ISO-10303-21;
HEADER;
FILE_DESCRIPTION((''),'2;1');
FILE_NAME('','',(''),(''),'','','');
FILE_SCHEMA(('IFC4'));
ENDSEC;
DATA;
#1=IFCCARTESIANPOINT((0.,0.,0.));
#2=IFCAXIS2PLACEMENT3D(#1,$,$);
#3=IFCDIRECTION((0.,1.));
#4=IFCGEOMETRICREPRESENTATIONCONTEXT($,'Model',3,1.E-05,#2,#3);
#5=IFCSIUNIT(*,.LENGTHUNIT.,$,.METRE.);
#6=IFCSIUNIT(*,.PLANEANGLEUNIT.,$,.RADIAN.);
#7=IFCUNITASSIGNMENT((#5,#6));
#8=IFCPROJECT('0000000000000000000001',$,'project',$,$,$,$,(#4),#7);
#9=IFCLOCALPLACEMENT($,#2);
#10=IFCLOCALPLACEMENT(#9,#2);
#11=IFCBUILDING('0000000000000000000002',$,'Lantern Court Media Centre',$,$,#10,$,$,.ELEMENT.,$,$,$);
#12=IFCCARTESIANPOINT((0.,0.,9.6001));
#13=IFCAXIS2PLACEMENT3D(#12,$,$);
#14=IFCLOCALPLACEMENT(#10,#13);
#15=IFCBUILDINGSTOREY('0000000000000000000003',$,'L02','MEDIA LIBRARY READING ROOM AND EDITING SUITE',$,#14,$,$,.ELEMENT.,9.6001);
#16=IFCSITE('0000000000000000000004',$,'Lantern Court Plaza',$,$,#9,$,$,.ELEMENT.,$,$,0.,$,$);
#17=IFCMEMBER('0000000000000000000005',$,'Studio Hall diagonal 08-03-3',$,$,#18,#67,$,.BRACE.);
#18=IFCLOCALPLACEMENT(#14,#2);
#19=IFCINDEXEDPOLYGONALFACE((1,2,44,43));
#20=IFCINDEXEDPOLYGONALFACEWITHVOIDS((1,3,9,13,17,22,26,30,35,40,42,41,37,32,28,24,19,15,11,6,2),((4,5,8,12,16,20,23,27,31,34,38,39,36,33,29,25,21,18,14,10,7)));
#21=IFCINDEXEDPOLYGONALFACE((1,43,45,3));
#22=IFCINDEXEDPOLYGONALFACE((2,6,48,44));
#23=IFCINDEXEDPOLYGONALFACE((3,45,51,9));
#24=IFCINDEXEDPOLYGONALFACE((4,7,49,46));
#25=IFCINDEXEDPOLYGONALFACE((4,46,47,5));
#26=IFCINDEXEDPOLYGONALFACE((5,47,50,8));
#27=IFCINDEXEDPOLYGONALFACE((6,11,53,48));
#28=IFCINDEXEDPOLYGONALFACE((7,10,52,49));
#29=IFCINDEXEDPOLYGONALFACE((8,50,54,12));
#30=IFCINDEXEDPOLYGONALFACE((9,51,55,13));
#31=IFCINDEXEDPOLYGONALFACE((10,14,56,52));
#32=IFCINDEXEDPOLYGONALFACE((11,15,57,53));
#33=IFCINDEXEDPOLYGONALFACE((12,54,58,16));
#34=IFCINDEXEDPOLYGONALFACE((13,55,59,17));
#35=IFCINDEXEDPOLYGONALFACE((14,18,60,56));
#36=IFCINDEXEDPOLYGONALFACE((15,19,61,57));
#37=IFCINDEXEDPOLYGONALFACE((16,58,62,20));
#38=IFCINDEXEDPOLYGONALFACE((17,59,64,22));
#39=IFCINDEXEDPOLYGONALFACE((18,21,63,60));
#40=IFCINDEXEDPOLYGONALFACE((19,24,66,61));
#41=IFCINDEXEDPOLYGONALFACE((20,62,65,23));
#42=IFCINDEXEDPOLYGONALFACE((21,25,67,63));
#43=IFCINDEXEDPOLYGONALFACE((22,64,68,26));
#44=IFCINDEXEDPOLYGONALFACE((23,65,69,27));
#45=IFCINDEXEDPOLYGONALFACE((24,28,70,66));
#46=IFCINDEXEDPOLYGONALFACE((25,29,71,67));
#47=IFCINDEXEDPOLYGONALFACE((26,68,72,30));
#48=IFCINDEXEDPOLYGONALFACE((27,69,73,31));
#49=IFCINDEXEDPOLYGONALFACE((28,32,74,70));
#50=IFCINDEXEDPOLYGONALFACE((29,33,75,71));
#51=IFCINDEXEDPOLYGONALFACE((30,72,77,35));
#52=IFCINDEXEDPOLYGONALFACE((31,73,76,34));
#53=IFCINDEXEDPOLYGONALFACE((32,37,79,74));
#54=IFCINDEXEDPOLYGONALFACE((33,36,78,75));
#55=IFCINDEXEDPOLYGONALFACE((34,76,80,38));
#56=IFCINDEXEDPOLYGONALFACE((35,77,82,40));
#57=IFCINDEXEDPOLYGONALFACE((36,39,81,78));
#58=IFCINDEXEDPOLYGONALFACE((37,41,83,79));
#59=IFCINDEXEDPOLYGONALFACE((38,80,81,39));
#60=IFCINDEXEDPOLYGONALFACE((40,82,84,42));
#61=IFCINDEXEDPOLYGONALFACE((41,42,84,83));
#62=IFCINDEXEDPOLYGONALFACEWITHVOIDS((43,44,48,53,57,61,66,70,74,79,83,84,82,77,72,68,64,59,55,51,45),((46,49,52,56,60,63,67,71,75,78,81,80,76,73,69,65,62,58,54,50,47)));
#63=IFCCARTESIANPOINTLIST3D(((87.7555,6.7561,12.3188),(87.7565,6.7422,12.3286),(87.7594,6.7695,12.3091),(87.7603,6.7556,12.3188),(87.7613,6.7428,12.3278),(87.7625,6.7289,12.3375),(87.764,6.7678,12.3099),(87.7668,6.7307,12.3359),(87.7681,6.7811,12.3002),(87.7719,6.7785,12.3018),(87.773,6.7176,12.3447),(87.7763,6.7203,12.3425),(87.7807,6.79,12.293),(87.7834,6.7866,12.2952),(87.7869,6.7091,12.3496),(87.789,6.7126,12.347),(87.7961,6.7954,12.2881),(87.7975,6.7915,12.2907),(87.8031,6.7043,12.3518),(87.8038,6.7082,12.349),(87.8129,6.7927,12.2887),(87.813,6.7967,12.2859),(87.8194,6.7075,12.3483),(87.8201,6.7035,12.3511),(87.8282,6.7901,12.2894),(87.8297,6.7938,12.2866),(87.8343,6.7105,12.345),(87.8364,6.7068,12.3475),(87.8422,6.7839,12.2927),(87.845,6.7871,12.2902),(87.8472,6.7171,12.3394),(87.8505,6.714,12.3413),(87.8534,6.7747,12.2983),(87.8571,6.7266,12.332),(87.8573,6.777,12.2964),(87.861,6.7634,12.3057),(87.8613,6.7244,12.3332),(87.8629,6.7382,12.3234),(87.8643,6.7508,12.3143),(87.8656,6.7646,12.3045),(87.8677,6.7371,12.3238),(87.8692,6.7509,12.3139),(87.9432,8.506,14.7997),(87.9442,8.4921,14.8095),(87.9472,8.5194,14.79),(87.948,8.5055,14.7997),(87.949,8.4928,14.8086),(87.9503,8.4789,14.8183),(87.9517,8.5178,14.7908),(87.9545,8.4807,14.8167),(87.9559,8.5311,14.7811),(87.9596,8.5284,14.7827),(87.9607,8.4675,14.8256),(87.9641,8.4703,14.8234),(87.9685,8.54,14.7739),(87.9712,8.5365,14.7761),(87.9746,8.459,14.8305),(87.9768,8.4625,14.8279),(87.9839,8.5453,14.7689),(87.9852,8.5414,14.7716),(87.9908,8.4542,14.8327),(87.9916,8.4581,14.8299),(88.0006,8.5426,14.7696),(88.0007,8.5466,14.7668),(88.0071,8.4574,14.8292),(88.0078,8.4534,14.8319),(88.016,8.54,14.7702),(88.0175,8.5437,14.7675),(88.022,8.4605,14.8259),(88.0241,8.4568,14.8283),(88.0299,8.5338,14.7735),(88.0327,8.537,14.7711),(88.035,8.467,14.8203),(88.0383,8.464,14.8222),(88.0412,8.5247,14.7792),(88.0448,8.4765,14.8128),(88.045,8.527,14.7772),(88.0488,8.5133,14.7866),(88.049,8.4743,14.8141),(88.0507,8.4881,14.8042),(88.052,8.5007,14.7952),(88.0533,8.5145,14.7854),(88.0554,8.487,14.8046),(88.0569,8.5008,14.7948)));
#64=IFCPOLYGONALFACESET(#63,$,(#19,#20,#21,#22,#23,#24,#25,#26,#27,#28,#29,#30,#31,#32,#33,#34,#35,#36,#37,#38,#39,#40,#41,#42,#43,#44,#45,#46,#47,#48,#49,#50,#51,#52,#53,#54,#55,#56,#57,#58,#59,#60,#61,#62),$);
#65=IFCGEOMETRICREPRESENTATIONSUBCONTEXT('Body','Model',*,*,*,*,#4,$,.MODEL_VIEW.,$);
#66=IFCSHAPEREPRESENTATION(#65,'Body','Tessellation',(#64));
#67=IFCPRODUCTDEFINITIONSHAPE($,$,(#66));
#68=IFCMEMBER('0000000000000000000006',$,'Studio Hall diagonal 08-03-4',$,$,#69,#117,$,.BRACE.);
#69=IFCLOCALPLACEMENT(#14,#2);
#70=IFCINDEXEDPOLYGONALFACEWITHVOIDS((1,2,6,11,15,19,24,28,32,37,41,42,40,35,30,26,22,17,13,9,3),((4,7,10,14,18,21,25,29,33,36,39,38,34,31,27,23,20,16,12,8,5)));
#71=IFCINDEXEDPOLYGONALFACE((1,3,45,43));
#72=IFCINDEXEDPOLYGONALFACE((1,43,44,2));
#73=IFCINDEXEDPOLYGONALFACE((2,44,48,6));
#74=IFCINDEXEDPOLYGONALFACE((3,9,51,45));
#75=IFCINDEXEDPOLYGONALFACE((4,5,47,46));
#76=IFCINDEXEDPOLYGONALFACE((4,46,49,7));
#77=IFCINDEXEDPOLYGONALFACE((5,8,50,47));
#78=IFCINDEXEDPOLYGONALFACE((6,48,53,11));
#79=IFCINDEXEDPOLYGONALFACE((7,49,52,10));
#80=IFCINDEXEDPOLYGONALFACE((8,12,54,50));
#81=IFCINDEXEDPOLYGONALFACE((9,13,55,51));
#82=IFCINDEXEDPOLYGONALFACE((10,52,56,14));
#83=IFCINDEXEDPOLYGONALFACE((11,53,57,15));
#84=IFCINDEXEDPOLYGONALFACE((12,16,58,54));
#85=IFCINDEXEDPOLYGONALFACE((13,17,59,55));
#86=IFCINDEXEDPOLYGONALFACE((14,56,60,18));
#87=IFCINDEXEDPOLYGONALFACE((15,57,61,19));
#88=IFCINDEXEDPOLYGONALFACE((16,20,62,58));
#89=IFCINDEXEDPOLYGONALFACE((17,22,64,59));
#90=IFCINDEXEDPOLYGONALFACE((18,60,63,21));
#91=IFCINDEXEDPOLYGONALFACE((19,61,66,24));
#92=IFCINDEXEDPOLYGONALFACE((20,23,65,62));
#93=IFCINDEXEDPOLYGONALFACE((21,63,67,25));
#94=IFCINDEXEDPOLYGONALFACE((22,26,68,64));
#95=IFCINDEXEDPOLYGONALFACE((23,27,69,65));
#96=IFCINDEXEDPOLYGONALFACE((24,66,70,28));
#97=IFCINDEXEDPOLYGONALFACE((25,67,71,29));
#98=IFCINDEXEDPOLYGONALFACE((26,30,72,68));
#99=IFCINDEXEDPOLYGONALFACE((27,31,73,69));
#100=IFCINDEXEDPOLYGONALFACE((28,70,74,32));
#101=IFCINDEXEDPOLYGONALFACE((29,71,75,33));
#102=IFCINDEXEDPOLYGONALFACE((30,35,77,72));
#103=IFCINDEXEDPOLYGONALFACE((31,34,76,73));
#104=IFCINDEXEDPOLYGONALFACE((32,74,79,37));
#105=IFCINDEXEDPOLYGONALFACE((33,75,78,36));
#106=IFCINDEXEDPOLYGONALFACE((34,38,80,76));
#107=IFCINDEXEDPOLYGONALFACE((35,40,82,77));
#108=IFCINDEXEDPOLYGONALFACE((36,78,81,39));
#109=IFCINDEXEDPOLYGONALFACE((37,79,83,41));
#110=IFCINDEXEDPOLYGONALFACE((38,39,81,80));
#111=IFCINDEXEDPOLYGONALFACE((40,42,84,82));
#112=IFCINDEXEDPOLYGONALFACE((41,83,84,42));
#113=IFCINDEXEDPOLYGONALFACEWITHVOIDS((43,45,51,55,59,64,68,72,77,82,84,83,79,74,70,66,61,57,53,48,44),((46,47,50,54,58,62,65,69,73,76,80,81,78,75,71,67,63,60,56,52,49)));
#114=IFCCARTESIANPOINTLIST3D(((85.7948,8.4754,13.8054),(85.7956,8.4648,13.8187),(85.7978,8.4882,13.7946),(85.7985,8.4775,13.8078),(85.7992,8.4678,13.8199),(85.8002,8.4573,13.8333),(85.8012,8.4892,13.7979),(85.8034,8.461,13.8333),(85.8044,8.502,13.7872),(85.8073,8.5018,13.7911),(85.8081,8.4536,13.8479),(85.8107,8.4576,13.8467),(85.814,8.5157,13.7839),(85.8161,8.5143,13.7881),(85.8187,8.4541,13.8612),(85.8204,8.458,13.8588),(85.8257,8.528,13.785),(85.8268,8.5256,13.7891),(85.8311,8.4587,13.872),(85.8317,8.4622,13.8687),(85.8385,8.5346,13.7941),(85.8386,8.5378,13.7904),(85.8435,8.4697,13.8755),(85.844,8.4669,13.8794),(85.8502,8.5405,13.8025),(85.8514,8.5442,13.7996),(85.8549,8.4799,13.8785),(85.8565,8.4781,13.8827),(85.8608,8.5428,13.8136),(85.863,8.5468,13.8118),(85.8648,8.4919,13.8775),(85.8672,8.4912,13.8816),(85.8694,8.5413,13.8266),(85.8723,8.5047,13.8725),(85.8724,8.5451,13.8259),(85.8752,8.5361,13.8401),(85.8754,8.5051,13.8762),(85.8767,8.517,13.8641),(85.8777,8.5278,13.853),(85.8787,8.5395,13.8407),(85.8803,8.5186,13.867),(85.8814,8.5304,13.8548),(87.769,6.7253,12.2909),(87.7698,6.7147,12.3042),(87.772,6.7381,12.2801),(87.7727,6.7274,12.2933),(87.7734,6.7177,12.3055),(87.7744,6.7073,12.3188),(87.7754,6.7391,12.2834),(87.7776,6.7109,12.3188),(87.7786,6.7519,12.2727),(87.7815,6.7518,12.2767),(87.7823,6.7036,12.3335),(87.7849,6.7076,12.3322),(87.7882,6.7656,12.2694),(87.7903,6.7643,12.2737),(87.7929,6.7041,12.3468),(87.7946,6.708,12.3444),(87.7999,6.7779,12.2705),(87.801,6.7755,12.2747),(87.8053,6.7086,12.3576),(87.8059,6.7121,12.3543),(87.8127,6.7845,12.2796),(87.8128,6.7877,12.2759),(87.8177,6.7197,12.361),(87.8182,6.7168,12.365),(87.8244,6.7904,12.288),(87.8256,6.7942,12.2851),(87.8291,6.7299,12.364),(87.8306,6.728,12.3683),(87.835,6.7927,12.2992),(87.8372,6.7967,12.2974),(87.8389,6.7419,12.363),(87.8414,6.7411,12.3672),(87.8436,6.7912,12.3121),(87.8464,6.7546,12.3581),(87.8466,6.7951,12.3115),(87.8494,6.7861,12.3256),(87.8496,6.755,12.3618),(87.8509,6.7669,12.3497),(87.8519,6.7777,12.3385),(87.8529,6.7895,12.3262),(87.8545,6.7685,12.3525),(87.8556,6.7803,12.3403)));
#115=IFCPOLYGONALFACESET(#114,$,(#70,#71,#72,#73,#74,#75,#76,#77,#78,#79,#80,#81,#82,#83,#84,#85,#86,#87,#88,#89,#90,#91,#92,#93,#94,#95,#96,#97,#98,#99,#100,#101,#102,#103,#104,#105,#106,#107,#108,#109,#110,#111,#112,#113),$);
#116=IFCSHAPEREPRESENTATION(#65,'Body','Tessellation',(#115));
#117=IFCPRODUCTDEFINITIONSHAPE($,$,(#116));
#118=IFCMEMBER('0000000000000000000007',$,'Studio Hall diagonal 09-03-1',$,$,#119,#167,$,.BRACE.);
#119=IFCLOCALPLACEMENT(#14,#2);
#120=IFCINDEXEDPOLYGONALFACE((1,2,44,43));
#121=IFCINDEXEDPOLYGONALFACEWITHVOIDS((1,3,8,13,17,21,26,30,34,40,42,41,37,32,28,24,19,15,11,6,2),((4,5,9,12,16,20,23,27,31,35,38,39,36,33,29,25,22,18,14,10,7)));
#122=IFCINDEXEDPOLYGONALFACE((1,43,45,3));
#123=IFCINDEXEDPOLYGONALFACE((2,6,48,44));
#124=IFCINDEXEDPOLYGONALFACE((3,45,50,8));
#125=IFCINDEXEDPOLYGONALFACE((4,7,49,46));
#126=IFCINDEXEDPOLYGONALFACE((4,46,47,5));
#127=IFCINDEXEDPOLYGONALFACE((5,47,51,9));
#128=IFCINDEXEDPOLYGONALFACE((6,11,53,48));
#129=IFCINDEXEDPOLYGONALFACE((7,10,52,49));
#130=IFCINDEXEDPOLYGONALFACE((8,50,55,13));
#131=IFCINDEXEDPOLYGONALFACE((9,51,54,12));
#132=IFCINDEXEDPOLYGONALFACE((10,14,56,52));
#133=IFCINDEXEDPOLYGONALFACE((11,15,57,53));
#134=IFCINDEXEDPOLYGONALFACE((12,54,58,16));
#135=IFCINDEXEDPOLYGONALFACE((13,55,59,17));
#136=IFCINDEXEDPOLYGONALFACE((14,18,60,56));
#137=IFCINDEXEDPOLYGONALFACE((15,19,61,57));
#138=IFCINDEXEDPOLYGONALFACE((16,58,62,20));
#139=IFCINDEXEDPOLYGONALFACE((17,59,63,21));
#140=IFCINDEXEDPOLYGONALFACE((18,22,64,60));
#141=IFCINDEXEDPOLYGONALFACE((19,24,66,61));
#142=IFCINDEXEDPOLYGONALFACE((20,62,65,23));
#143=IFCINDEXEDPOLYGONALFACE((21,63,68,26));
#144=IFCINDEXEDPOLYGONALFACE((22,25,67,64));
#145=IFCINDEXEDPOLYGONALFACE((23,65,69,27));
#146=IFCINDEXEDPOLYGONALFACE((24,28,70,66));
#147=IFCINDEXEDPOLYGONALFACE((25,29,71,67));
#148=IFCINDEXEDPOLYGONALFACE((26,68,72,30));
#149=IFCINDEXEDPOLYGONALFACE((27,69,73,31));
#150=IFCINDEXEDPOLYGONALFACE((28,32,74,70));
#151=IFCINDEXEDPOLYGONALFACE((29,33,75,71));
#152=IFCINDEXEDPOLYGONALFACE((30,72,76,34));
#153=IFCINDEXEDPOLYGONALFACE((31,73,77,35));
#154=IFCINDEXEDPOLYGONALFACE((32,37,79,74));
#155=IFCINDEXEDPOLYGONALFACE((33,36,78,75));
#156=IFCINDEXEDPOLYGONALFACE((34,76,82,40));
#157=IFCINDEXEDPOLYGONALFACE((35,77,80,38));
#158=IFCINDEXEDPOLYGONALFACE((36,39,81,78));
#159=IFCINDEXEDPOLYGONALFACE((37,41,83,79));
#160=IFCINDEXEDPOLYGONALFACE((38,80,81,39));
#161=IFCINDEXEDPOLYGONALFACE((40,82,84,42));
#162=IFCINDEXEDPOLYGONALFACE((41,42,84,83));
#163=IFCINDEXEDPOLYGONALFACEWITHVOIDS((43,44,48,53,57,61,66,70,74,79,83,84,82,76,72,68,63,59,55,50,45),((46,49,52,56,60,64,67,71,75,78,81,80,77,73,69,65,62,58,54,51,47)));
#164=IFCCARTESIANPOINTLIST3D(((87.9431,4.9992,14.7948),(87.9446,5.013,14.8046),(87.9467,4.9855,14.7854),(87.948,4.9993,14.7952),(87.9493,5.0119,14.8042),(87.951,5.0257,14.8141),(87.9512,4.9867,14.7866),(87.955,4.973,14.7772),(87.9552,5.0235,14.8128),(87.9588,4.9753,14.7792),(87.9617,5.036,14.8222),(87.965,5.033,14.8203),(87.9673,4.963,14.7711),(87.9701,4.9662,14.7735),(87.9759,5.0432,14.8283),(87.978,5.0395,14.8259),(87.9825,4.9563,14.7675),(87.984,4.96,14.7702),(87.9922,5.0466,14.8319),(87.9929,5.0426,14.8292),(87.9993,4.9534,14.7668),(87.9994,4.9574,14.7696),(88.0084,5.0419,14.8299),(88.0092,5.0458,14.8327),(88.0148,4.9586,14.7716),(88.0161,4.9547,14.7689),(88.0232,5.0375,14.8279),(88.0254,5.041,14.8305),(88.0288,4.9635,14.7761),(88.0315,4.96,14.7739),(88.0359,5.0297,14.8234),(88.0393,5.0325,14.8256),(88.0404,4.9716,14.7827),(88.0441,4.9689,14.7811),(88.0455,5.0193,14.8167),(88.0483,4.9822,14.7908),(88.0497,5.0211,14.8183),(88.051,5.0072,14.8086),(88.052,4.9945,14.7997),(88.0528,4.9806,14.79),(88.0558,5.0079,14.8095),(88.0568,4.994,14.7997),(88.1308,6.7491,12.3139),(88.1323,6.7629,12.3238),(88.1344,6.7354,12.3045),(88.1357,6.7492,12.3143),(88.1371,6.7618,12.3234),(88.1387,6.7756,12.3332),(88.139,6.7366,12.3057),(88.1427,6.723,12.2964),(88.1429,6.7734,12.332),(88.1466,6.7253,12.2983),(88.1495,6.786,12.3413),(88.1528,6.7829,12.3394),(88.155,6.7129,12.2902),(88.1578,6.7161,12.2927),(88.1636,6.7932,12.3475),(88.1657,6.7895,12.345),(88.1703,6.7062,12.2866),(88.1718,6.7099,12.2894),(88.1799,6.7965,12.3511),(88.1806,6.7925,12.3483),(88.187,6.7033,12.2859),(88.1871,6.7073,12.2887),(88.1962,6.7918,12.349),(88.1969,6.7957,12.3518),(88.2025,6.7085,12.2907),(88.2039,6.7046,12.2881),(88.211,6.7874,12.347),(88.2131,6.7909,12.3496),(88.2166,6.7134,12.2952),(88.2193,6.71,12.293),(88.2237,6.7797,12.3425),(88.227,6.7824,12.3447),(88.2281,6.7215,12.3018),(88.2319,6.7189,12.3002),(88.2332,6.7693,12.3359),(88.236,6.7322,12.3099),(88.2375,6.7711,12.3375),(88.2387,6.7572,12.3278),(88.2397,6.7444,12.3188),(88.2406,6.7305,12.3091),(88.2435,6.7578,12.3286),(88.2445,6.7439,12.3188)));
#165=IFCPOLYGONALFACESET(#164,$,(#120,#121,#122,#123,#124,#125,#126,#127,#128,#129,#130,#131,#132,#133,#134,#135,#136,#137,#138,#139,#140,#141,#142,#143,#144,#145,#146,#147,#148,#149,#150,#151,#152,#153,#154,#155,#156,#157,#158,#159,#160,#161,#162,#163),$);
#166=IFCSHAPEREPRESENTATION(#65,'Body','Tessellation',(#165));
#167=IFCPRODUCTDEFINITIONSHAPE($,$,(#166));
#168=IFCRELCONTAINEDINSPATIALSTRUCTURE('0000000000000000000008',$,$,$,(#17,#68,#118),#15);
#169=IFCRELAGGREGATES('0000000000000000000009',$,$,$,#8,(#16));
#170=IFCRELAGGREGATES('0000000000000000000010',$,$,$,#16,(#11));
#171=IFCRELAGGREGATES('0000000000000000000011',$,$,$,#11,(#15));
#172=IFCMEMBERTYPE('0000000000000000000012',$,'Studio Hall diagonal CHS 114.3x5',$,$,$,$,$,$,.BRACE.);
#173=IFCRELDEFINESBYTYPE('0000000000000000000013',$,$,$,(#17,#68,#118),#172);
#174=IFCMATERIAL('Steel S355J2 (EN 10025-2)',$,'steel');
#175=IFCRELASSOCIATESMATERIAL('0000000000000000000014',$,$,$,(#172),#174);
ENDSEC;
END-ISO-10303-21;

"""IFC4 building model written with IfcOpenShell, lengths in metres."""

from ifc_helpers import new_model, si_unit, direction, frame, origin, origin_2d, place, context, subcontext, project, spatial, hollow_circle, extrude, material, material_profile, profile_set, type_object, element, save


model = new_model("IFC4")

# Units and contexts
model_context = context("Model", 3, precision=1e-05, world=origin(), true_north=direction((0.0, 1.0)))
body_context = subcontext(model_context, "Body", "Model", "MODEL_VIEW")
ifc_project = project(units=[si_unit("LENGTHUNIT", "METRE"), si_unit("PLANEANGLEUNIT", "RADIAN")], contexts=[model_context])

# Site, building, storey
site_placement = place(None, origin())
site = spatial("IfcSite", under=ifc_project, at=site_placement, Name="Lantern Court Plaza", CompositionType="ELEMENT", RefElevation=0.0)
building_placement = place(site_placement, origin())
building = spatial("IfcBuilding", under=site, at=building_placement, Name="Lantern Court Media Centre", CompositionType="ELEMENT")
storey_placement = place(building_placement, frame((0.0, 0.0, 9.6001)))
storey = spatial("IfcBuildingStorey", under=building, at=storey_placement, Name="L02", Description="MEDIA LIBRARY READING ROOM AND EDITING SUITE", CompositionType="ELEMENT", Elevation=9.6001)

# Members
ifc_material = material(Name="Steel S355J2 (EN 10025-2)", Category="steel")
ifc_material_profile_1 = material_profile(ifc_material, hollow_circle(Radius=0.0571, WallThickness=0.0049, at=origin_2d()), Name="Studio Hall diagonal CHS 114.3x5")
ifc_profile_set_1 = profile_set([ifc_material_profile_1], Name="Steel S355J2 (EN 10025-2)")
member_type_1 = type_object("IfcMemberType", Name="Studio Hall diagonal CHS 114.3x5", PredefinedType="BRACE", material=ifc_profile_set_1)
for number, where, z_axis, x_axis, name in (
    (1, (87.8123, 6.75, 12.3188), (0.06172, 0.575306, 0.815606), (-0.994294, 0.10667, 0.0), "Studio Hall diagonal 08-03-3"),
):
    element("IfcMember", number, at=place(storey_placement, frame(where, z_axis=z_axis, x_axis=x_axis)), inside=storey, type_object=member_type_1, Name=name, PredefinedType="BRACE", context=body_context, shape_type="SweptSolid", body=[
        extrude(hollow_circle(Radius=0.0571, WallThickness=0.0049, at=origin_2d()), origin(), (0.0, 0.0, 1.0), 3.0417),
    ])
member_1_placement = place(storey_placement, frame((87.8123, 6.75, 12.3188), z_axis=(-0.648979, 0.575301, 0.49785), x_axis=(-0.663352, -0.748307, 0.0)))
element("IfcMember", 2, at=member_1_placement, inside=storey, type_object=member_type_1, Name="Studio Hall diagonal 08-03-4", PredefinedType="BRACE", context=body_context, shape_type="SweptSolid", body=[
    extrude(hollow_circle(Radius=0.0571, WallThickness=0.0049, at=origin_2d()), origin(), (0.0, 0.0, 1.0), 3.042),
])
member_2_placement = place(storey_placement, frame((88.1877, 6.75, 12.3188), z_axis=(-0.06172, -0.575306, 0.815606), x_axis=(0.994294, -0.10667, 0.0)))
element("IfcMember", 3, at=member_2_placement, inside=storey, type_object=member_type_1, Name="Studio Hall diagonal 09-03-1", PredefinedType="BRACE", context=body_context, shape_type="SweptSolid", body=[
    extrude(hollow_circle(Radius=0.0571, WallThickness=0.0049, at=origin_2d()), origin(), (0.0, 0.0, 1.0), 3.0417),
])

save(model, "model.ifc")
